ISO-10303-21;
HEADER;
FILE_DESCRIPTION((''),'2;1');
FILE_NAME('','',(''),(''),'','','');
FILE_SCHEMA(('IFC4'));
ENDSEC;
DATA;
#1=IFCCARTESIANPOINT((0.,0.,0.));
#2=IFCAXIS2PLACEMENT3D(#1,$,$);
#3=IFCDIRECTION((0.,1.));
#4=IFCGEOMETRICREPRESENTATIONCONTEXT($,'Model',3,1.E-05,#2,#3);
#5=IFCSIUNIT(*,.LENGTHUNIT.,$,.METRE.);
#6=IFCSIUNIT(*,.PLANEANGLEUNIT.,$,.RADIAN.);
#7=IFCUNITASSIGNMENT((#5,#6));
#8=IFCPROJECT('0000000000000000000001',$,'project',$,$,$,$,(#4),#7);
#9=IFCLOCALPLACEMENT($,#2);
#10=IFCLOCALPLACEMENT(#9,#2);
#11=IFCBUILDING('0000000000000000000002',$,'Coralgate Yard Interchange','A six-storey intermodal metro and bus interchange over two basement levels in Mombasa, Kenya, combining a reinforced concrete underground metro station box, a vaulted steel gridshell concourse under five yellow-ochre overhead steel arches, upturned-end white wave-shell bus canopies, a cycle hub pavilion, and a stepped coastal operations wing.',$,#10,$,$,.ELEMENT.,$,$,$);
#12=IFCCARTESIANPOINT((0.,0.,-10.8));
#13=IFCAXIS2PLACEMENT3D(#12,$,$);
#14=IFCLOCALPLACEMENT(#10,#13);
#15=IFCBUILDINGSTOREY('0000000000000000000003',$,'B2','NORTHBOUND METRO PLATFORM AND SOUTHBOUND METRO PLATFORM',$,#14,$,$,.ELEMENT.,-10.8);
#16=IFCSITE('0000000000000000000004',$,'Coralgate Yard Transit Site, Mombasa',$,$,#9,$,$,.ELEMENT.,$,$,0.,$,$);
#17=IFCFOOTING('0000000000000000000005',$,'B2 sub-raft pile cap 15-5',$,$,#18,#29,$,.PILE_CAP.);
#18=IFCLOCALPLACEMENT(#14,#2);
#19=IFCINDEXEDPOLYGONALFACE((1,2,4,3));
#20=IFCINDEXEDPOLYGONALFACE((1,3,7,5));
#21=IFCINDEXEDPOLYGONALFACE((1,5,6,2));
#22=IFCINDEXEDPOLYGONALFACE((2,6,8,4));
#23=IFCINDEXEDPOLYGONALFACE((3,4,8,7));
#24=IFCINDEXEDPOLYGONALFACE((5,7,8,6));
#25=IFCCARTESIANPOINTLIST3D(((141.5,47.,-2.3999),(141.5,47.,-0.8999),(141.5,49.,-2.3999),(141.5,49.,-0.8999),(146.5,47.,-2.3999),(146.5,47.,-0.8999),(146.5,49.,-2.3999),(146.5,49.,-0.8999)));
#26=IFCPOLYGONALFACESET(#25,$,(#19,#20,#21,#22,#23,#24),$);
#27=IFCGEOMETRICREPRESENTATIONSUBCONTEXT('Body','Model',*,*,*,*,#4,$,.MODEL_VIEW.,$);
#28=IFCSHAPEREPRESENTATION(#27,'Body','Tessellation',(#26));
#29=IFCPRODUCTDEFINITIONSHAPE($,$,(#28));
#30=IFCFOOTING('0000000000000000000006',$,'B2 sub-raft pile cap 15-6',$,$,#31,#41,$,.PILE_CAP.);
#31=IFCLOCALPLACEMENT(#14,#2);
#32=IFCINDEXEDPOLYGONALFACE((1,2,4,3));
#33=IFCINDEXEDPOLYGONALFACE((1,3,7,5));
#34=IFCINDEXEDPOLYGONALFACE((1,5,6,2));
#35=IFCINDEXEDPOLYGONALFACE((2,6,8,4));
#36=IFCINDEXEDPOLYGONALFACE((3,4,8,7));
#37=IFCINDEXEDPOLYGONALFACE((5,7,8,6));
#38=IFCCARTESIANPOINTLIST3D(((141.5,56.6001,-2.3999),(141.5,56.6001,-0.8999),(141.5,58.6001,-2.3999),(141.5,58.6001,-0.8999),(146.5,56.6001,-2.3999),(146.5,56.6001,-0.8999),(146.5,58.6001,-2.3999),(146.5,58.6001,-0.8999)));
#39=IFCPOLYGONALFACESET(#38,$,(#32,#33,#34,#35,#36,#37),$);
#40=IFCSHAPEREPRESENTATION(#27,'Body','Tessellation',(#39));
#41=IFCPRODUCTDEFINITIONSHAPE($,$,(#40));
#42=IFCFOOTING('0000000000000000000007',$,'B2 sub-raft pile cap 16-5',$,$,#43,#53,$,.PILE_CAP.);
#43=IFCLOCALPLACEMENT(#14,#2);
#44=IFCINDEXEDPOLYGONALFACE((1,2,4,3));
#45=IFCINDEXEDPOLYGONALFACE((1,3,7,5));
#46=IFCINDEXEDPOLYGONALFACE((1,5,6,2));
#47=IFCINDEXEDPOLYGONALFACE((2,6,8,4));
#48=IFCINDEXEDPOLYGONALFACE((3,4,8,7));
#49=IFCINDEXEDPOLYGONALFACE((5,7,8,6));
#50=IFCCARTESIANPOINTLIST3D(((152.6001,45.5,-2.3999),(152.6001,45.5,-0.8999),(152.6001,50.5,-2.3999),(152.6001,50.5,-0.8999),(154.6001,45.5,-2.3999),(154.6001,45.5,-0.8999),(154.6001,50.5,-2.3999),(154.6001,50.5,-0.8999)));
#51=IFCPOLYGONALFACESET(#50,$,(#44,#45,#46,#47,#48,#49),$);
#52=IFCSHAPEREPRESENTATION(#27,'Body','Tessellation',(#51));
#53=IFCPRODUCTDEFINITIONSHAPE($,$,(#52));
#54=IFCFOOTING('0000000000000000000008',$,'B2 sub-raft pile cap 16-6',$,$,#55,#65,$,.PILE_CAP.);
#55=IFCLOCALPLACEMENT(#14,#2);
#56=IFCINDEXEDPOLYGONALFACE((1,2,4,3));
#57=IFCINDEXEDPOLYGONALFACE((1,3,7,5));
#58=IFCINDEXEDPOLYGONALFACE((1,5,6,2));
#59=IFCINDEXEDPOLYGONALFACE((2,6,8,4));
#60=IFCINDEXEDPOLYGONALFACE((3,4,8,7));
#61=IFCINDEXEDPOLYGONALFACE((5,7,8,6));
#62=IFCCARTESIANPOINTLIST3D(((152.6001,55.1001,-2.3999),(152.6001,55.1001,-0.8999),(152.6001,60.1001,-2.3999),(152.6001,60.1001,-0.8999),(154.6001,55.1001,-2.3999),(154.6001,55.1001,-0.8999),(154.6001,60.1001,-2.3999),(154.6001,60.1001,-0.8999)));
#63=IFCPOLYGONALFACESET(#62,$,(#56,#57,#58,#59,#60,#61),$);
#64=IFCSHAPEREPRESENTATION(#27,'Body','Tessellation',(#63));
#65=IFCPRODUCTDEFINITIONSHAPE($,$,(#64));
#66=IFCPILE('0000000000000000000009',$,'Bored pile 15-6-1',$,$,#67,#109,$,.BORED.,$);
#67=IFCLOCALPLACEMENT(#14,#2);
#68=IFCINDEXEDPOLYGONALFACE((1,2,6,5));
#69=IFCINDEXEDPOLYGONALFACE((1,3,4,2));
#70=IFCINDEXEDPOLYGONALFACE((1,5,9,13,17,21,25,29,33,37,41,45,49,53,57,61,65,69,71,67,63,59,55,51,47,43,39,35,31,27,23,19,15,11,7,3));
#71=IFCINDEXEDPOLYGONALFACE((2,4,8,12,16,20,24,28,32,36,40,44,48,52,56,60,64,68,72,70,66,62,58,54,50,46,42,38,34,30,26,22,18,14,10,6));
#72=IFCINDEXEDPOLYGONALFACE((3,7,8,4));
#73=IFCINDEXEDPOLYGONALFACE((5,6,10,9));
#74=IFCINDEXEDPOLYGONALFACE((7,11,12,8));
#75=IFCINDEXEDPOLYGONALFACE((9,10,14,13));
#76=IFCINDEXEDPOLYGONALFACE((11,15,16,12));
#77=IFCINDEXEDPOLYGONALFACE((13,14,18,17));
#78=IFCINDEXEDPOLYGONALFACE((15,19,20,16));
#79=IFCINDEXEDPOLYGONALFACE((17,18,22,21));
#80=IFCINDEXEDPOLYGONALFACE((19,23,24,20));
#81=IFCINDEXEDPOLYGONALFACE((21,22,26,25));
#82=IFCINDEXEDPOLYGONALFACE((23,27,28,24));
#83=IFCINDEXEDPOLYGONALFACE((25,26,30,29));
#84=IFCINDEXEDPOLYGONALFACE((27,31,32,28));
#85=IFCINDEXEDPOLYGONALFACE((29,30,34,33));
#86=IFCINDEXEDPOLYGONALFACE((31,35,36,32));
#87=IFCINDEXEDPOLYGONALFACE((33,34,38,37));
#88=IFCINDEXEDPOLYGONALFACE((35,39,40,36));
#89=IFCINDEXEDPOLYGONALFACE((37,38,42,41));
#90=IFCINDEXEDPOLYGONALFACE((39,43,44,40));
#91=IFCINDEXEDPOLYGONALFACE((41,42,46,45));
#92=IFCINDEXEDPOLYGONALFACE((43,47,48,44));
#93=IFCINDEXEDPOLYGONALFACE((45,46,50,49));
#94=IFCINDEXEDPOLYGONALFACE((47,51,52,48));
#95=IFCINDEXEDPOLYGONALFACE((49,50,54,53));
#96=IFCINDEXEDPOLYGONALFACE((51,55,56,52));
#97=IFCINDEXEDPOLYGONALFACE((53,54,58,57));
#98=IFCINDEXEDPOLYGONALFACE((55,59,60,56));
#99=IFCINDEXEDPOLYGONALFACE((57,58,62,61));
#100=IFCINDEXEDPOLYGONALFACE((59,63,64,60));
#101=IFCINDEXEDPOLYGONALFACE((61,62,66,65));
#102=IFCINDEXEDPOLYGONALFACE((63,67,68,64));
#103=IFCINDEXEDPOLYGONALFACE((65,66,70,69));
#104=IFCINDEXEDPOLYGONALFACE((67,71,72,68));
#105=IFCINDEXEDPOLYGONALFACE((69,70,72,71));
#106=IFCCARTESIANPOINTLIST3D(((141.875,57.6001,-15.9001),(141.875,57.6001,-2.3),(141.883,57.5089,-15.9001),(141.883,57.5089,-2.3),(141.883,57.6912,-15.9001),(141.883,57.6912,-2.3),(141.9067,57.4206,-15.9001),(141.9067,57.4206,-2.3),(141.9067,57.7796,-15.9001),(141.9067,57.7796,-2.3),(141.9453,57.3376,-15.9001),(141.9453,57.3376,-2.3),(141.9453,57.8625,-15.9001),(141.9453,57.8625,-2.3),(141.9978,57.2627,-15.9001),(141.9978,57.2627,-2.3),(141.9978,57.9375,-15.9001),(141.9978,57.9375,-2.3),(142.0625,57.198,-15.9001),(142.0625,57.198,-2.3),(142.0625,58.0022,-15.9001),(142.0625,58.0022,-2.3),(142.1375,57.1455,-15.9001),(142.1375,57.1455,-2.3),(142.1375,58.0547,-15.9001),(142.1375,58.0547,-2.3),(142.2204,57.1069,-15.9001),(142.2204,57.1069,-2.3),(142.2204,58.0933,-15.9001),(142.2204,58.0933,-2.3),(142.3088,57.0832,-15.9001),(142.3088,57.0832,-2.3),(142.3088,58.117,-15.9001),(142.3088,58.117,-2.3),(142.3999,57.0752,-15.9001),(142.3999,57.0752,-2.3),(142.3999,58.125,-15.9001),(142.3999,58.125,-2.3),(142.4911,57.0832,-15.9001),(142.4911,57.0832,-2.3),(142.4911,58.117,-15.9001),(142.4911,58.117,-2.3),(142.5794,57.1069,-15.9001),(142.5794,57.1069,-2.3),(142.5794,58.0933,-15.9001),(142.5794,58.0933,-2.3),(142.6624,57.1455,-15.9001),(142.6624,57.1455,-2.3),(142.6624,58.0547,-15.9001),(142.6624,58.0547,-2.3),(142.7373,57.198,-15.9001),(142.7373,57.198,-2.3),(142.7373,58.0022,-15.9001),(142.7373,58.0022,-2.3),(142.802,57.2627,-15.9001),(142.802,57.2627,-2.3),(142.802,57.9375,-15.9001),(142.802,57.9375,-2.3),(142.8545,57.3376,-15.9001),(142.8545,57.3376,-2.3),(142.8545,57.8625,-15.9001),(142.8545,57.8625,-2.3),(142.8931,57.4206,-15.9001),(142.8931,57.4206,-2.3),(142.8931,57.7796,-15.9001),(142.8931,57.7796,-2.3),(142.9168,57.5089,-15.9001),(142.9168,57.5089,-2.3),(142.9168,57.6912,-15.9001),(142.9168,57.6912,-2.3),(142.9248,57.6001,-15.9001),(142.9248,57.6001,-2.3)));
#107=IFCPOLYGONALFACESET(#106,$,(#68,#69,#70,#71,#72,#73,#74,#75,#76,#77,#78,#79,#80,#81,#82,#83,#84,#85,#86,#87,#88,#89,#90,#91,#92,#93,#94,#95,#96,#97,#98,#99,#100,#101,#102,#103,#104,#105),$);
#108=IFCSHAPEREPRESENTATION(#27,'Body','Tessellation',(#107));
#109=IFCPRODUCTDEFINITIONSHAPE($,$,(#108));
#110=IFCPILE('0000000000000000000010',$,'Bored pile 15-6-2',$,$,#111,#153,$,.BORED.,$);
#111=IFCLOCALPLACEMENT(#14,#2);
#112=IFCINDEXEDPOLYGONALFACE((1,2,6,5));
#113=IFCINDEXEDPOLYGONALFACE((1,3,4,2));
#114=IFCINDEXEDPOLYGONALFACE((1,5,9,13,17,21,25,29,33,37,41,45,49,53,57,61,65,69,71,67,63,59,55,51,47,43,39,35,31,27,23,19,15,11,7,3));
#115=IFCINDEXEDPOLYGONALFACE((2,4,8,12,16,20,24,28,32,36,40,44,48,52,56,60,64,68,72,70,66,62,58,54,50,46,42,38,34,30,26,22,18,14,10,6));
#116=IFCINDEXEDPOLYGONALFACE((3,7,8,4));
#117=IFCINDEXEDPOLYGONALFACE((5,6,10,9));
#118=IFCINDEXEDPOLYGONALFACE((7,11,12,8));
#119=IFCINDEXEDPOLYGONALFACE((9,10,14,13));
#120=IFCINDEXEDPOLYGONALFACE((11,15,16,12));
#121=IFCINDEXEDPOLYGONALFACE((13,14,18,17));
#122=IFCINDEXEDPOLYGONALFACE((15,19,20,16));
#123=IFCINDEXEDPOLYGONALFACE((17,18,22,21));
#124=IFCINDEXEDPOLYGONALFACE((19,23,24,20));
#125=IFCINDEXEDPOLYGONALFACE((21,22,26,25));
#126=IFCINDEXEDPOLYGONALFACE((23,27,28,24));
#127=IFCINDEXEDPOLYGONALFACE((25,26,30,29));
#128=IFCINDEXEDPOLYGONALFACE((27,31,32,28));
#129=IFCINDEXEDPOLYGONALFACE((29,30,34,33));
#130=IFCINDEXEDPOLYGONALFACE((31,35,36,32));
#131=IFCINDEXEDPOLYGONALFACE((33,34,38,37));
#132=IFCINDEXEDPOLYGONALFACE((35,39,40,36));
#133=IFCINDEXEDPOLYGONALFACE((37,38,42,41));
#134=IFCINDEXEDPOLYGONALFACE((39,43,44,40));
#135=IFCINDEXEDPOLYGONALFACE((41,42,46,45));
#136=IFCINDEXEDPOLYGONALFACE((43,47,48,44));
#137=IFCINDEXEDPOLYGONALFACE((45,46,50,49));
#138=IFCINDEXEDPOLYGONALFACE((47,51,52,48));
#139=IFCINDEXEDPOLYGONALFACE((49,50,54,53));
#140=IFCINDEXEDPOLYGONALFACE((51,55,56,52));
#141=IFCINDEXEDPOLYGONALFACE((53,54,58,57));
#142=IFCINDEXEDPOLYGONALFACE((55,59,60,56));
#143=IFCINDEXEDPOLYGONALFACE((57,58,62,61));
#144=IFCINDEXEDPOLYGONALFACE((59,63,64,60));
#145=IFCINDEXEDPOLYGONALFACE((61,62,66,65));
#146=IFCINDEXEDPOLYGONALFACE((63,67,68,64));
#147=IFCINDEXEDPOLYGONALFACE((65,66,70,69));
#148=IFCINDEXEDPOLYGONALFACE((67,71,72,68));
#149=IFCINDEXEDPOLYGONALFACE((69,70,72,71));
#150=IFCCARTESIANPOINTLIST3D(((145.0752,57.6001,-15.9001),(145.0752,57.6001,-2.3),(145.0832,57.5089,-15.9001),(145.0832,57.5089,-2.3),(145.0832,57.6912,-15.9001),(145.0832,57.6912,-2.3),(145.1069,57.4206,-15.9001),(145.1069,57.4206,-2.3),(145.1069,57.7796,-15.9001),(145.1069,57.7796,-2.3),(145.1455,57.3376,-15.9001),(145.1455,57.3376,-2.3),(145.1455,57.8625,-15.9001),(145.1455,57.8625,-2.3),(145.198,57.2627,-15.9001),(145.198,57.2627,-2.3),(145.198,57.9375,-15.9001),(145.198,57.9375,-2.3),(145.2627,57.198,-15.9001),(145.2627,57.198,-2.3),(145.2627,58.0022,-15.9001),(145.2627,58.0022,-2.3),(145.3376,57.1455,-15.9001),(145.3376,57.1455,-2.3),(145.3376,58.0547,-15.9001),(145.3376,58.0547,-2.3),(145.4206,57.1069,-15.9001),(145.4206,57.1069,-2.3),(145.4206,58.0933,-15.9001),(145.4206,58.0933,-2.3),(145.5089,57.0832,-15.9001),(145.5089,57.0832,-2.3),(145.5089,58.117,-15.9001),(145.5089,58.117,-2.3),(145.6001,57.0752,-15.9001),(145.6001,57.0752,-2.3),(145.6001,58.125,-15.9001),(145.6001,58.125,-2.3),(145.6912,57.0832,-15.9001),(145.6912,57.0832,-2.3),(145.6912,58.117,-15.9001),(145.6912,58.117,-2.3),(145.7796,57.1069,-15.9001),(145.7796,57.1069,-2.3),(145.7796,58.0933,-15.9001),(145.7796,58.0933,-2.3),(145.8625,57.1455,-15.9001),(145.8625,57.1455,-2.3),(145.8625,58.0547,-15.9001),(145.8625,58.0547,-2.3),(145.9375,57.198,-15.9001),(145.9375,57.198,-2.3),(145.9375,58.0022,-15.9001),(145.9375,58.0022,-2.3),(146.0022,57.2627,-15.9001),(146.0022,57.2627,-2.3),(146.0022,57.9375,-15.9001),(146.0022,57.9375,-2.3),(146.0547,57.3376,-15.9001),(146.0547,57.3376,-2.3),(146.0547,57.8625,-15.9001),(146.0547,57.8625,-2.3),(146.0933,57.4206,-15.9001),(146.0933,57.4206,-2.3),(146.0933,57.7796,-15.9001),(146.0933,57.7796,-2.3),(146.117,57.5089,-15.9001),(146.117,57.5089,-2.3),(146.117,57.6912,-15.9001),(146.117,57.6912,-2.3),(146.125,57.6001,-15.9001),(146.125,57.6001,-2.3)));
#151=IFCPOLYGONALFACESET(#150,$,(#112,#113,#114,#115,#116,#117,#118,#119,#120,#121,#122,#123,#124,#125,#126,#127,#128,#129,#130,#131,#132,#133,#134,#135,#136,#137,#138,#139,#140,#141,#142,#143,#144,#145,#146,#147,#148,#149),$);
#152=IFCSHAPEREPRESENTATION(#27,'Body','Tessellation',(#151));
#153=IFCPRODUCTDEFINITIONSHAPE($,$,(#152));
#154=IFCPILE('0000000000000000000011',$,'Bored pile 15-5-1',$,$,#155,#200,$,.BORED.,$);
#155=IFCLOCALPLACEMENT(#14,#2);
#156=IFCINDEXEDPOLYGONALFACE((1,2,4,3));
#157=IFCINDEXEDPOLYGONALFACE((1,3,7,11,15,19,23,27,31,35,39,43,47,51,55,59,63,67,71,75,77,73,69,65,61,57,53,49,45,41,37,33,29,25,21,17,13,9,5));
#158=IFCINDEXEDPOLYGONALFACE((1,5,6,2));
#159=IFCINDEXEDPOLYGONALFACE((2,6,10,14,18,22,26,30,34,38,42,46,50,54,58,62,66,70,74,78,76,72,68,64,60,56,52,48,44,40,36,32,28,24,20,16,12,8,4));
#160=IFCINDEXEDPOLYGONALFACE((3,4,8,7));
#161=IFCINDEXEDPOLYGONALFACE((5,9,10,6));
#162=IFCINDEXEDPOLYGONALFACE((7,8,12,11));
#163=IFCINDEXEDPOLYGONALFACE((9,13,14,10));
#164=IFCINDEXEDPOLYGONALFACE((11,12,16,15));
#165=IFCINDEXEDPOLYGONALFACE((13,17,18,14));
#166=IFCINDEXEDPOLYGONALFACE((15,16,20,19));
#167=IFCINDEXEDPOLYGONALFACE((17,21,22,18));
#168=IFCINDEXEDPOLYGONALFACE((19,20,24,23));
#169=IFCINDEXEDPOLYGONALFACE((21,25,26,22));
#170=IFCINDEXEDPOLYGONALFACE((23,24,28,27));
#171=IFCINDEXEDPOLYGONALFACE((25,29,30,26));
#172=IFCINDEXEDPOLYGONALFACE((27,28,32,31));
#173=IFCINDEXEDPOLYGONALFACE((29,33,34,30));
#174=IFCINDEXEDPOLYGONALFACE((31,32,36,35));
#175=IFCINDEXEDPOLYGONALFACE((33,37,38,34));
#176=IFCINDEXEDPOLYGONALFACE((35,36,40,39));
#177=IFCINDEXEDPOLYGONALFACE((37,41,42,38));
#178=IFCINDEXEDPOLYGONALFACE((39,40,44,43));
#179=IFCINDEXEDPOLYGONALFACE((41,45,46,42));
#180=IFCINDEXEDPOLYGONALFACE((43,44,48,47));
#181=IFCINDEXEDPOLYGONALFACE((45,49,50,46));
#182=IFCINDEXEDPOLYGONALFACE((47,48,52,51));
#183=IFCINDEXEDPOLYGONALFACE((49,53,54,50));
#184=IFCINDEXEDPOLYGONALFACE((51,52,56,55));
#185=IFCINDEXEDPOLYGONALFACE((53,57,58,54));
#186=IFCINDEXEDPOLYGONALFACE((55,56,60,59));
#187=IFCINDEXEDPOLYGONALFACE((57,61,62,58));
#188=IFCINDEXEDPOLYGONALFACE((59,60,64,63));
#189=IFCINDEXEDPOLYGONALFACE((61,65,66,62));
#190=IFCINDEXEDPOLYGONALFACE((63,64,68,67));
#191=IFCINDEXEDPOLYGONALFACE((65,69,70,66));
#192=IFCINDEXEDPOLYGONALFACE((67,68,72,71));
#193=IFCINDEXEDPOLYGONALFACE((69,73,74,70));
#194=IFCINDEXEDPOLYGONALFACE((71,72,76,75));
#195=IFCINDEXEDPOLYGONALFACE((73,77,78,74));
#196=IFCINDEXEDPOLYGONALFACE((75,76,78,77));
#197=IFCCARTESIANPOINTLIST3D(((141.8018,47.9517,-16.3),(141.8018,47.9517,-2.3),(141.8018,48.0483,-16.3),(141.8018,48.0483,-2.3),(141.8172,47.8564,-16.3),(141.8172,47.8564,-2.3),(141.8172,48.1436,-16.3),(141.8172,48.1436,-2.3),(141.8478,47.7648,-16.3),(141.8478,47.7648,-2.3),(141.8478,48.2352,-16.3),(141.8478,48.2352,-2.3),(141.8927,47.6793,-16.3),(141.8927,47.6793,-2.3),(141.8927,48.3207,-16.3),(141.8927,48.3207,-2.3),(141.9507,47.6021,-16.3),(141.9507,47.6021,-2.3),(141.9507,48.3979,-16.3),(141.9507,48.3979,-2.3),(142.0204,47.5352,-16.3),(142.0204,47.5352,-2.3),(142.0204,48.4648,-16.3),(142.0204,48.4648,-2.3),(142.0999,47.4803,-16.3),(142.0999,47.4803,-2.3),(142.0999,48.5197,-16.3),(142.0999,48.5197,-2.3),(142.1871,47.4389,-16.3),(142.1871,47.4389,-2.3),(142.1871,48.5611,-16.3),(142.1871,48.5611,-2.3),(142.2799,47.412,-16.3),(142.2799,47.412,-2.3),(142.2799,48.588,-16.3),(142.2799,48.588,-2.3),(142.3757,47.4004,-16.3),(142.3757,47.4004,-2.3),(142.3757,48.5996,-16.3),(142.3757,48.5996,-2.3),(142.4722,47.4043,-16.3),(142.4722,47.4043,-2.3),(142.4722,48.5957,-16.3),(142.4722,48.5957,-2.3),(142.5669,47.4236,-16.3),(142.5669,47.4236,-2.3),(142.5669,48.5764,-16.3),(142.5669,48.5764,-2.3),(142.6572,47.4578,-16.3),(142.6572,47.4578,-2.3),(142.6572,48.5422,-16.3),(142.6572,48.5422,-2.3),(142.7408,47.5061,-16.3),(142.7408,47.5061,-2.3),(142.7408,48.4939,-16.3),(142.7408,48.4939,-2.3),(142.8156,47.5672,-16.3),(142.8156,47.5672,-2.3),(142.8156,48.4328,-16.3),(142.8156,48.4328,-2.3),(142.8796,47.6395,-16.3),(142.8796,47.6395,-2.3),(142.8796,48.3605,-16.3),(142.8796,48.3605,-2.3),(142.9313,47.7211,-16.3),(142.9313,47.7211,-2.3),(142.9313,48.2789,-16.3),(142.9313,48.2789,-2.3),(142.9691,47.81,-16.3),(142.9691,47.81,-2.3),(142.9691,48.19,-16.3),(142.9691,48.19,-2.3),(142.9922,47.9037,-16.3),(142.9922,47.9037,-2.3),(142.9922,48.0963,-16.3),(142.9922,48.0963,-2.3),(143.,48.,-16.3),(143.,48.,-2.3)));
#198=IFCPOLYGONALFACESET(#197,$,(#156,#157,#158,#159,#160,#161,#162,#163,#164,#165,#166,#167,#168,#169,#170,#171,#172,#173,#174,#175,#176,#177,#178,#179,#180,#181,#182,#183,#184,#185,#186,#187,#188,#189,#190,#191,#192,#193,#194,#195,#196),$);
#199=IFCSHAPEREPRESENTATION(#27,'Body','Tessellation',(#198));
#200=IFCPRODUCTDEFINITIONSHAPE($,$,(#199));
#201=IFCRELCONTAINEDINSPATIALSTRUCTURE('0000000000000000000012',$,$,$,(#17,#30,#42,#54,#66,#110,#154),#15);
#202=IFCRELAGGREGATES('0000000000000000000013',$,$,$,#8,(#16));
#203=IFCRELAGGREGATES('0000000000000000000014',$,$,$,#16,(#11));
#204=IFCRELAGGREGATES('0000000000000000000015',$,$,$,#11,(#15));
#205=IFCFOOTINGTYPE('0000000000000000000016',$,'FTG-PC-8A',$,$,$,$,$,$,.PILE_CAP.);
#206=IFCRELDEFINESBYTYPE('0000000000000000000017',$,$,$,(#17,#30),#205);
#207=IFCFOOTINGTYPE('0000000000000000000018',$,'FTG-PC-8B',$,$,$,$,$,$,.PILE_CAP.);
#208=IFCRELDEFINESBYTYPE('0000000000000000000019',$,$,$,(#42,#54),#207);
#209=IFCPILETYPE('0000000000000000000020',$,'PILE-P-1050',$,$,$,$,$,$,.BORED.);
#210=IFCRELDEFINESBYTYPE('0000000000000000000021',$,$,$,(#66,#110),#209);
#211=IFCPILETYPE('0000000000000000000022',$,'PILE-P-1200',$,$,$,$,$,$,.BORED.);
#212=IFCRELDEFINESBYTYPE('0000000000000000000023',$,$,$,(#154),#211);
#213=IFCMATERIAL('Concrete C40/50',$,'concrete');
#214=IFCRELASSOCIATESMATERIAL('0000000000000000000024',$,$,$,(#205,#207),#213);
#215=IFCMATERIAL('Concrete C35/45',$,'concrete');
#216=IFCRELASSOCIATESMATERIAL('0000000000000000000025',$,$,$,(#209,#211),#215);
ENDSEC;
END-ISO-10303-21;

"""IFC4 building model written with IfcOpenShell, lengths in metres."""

from ifc_helpers import new_model, si_unit, direction, frame, origin, origin_2d, place, context, subcontext, project, spatial, rectangle, circle, extrude, material, material_profile, profile_set, type_object, element, save


model = new_model("IFC4")

# Units and contexts
model_context = context("Model", 3, precision=1e-05, world=origin(), true_north=direction((0.0, 1.0)))
body_context = subcontext(model_context, "Body", "Model", "MODEL_VIEW")
ifc_project = project(units=[si_unit("LENGTHUNIT", "METRE"), si_unit("PLANEANGLEUNIT", "RADIAN")], contexts=[model_context])

# Site, building, storey
site_placement = place(None, origin())
site = spatial("IfcSite", under=ifc_project, at=site_placement, Name="Coralgate Yard Transit Site, Mombasa", CompositionType="ELEMENT", RefElevation=0.0)
building_placement = place(site_placement, origin())
building = spatial("IfcBuilding", under=site, at=building_placement, Name="Coralgate Yard Interchange", Description="A six-storey intermodal metro and bus interchange over two basement levels in Mombasa, Kenya, combining a reinforced concrete underground metro station box, a vaulted steel gridshell concourse under five yellow-ochre overhead steel arches, upturned-end white wave-shell bus canopies, a cycle hub pavilion, and a stepped coastal operations wing.", CompositionType="ELEMENT")
storey_placement = place(building_placement, frame((0.0, 0.0, -10.8)))
storey = spatial("IfcBuildingStorey", under=building, at=storey_placement, Name="B2", Description="NORTHBOUND METRO PLATFORM AND SOUTHBOUND METRO PLATFORM", CompositionType="ELEMENT", Elevation=-10.8)

# Footings
ifc_material_1 = material(Name="Concrete C40/50", Category="concrete")
footing_type_1 = type_object("IfcFootingType", Name="FTG-PC-8A", PredefinedType="PILE_CAP", material=ifc_material_1)
for number, where, z_axis, x_axis, name in (
    (1, (144.0, 48.0, -2.3999), (0.0, 0.0, 1.0), (1.0, 0.0, 0.0), "B2 sub-raft pile cap 15-5"),
    (2, (144.0, 57.6001, -2.3999), (0.0, 0.0, 1.0), (1.0, 0.0, 0.0), "B2 sub-raft pile cap 15-6"),
):
    element("IfcFooting", number, at=place(storey_placement, frame(where, z_axis=z_axis, x_axis=x_axis)), inside=storey, type_object=footing_type_1, Name=name, PredefinedType="PILE_CAP", context=body_context, shape_type="SweptSolid", body=[
        extrude(rectangle(XDim=5.0, YDim=2.0, at=origin_2d()), origin(), (0.0, 0.0, 1.0), 1.5),
    ])
footing_type_2 = type_object("IfcFootingType", Name="FTG-PC-8B", PredefinedType="PILE_CAP", material=ifc_material_1)
for number, where, z_axis, x_axis, name in (
    (3, (153.6001, 48.0, -2.3999), (0.0, 0.0, 1.0), (1.0, 0.0, 0.0), "B2 sub-raft pile cap 16-5"),
    (4, (153.6001, 57.6001, -2.3999), (0.0, 0.0, 1.0), (1.0, 0.0, 0.0), "B2 sub-raft pile cap 16-6"),
):
    element("IfcFooting", number, at=place(storey_placement, frame(where, z_axis=z_axis, x_axis=x_axis)), inside=storey, type_object=footing_type_2, Name=name, PredefinedType="PILE_CAP", context=body_context, shape_type="SweptSolid", body=[
        extrude(rectangle(XDim=2.0, YDim=5.0, at=origin_2d()), origin(), (0.0, 0.0, 1.0), 1.5),
    ])

# Piles
ifc_material_2 = material(Name="Concrete C35/45", Category="concrete")
ifc_material_profile_1 = material_profile(ifc_material_2, circle(Radius=0.5249, at=origin_2d()), Name="BORED PILE D1050")
ifc_profile_set_1 = profile_set([ifc_material_profile_1], Name="Concrete C35/45")
pile_type_1 = type_object("IfcPileType", Name="PILE-P-1050", PredefinedType="BORED", material=ifc_profile_set_1)
for number, where, z_axis, x_axis, name in (
    (5, (142.3999, 57.6001, -2.3), (0.0, 0.0, -1.0), (1.0, 0.0, 0.0), "Bored pile 15-6-1"),
    (6, (145.6001, 57.6001, -2.3), (0.0, 0.0, -1.0), (1.0, 0.0, 0.0), "Bored pile 15-6-2"),
):
    element("IfcPile", number, at=place(storey_placement, frame(where, z_axis=z_axis, x_axis=x_axis)), inside=storey, type_object=pile_type_1, Name=name, PredefinedType="BORED", context=body_context, shape_type="SweptSolid", body=[
        extrude(circle(Radius=0.5249, at=origin_2d()), origin(), (0.0, 0.0, 1.0), 13.6001),
    ])
ifc_material_profile_2 = material_profile(ifc_material_2, circle(Radius=0.6001, at=origin_2d()), Name="BORED PILE D1200")
ifc_profile_set_2 = profile_set([ifc_material_profile_2], Name="Concrete C35/45")
pile_type_2 = type_object("IfcPileType", Name="PILE-P-1200", PredefinedType="BORED", material=ifc_profile_set_2)
for number, where, z_axis, x_axis, name in (
    (7, (142.3999, 48.0, -2.3), (0.0, 0.0, -1.0), (1.0, 0.0, 0.0), "Bored pile 15-5-1"),
):
    element("IfcPile", number, at=place(storey_placement, frame(where, z_axis=z_axis, x_axis=x_axis)), inside=storey, type_object=pile_type_2, Name=name, PredefinedType="BORED", context=body_context, shape_type="SweptSolid", body=[
        extrude(circle(Radius=0.6001, at=origin_2d()), origin(), (0.0, 0.0, 1.0), 14.0),
    ])

save(model, "model.ifc")
